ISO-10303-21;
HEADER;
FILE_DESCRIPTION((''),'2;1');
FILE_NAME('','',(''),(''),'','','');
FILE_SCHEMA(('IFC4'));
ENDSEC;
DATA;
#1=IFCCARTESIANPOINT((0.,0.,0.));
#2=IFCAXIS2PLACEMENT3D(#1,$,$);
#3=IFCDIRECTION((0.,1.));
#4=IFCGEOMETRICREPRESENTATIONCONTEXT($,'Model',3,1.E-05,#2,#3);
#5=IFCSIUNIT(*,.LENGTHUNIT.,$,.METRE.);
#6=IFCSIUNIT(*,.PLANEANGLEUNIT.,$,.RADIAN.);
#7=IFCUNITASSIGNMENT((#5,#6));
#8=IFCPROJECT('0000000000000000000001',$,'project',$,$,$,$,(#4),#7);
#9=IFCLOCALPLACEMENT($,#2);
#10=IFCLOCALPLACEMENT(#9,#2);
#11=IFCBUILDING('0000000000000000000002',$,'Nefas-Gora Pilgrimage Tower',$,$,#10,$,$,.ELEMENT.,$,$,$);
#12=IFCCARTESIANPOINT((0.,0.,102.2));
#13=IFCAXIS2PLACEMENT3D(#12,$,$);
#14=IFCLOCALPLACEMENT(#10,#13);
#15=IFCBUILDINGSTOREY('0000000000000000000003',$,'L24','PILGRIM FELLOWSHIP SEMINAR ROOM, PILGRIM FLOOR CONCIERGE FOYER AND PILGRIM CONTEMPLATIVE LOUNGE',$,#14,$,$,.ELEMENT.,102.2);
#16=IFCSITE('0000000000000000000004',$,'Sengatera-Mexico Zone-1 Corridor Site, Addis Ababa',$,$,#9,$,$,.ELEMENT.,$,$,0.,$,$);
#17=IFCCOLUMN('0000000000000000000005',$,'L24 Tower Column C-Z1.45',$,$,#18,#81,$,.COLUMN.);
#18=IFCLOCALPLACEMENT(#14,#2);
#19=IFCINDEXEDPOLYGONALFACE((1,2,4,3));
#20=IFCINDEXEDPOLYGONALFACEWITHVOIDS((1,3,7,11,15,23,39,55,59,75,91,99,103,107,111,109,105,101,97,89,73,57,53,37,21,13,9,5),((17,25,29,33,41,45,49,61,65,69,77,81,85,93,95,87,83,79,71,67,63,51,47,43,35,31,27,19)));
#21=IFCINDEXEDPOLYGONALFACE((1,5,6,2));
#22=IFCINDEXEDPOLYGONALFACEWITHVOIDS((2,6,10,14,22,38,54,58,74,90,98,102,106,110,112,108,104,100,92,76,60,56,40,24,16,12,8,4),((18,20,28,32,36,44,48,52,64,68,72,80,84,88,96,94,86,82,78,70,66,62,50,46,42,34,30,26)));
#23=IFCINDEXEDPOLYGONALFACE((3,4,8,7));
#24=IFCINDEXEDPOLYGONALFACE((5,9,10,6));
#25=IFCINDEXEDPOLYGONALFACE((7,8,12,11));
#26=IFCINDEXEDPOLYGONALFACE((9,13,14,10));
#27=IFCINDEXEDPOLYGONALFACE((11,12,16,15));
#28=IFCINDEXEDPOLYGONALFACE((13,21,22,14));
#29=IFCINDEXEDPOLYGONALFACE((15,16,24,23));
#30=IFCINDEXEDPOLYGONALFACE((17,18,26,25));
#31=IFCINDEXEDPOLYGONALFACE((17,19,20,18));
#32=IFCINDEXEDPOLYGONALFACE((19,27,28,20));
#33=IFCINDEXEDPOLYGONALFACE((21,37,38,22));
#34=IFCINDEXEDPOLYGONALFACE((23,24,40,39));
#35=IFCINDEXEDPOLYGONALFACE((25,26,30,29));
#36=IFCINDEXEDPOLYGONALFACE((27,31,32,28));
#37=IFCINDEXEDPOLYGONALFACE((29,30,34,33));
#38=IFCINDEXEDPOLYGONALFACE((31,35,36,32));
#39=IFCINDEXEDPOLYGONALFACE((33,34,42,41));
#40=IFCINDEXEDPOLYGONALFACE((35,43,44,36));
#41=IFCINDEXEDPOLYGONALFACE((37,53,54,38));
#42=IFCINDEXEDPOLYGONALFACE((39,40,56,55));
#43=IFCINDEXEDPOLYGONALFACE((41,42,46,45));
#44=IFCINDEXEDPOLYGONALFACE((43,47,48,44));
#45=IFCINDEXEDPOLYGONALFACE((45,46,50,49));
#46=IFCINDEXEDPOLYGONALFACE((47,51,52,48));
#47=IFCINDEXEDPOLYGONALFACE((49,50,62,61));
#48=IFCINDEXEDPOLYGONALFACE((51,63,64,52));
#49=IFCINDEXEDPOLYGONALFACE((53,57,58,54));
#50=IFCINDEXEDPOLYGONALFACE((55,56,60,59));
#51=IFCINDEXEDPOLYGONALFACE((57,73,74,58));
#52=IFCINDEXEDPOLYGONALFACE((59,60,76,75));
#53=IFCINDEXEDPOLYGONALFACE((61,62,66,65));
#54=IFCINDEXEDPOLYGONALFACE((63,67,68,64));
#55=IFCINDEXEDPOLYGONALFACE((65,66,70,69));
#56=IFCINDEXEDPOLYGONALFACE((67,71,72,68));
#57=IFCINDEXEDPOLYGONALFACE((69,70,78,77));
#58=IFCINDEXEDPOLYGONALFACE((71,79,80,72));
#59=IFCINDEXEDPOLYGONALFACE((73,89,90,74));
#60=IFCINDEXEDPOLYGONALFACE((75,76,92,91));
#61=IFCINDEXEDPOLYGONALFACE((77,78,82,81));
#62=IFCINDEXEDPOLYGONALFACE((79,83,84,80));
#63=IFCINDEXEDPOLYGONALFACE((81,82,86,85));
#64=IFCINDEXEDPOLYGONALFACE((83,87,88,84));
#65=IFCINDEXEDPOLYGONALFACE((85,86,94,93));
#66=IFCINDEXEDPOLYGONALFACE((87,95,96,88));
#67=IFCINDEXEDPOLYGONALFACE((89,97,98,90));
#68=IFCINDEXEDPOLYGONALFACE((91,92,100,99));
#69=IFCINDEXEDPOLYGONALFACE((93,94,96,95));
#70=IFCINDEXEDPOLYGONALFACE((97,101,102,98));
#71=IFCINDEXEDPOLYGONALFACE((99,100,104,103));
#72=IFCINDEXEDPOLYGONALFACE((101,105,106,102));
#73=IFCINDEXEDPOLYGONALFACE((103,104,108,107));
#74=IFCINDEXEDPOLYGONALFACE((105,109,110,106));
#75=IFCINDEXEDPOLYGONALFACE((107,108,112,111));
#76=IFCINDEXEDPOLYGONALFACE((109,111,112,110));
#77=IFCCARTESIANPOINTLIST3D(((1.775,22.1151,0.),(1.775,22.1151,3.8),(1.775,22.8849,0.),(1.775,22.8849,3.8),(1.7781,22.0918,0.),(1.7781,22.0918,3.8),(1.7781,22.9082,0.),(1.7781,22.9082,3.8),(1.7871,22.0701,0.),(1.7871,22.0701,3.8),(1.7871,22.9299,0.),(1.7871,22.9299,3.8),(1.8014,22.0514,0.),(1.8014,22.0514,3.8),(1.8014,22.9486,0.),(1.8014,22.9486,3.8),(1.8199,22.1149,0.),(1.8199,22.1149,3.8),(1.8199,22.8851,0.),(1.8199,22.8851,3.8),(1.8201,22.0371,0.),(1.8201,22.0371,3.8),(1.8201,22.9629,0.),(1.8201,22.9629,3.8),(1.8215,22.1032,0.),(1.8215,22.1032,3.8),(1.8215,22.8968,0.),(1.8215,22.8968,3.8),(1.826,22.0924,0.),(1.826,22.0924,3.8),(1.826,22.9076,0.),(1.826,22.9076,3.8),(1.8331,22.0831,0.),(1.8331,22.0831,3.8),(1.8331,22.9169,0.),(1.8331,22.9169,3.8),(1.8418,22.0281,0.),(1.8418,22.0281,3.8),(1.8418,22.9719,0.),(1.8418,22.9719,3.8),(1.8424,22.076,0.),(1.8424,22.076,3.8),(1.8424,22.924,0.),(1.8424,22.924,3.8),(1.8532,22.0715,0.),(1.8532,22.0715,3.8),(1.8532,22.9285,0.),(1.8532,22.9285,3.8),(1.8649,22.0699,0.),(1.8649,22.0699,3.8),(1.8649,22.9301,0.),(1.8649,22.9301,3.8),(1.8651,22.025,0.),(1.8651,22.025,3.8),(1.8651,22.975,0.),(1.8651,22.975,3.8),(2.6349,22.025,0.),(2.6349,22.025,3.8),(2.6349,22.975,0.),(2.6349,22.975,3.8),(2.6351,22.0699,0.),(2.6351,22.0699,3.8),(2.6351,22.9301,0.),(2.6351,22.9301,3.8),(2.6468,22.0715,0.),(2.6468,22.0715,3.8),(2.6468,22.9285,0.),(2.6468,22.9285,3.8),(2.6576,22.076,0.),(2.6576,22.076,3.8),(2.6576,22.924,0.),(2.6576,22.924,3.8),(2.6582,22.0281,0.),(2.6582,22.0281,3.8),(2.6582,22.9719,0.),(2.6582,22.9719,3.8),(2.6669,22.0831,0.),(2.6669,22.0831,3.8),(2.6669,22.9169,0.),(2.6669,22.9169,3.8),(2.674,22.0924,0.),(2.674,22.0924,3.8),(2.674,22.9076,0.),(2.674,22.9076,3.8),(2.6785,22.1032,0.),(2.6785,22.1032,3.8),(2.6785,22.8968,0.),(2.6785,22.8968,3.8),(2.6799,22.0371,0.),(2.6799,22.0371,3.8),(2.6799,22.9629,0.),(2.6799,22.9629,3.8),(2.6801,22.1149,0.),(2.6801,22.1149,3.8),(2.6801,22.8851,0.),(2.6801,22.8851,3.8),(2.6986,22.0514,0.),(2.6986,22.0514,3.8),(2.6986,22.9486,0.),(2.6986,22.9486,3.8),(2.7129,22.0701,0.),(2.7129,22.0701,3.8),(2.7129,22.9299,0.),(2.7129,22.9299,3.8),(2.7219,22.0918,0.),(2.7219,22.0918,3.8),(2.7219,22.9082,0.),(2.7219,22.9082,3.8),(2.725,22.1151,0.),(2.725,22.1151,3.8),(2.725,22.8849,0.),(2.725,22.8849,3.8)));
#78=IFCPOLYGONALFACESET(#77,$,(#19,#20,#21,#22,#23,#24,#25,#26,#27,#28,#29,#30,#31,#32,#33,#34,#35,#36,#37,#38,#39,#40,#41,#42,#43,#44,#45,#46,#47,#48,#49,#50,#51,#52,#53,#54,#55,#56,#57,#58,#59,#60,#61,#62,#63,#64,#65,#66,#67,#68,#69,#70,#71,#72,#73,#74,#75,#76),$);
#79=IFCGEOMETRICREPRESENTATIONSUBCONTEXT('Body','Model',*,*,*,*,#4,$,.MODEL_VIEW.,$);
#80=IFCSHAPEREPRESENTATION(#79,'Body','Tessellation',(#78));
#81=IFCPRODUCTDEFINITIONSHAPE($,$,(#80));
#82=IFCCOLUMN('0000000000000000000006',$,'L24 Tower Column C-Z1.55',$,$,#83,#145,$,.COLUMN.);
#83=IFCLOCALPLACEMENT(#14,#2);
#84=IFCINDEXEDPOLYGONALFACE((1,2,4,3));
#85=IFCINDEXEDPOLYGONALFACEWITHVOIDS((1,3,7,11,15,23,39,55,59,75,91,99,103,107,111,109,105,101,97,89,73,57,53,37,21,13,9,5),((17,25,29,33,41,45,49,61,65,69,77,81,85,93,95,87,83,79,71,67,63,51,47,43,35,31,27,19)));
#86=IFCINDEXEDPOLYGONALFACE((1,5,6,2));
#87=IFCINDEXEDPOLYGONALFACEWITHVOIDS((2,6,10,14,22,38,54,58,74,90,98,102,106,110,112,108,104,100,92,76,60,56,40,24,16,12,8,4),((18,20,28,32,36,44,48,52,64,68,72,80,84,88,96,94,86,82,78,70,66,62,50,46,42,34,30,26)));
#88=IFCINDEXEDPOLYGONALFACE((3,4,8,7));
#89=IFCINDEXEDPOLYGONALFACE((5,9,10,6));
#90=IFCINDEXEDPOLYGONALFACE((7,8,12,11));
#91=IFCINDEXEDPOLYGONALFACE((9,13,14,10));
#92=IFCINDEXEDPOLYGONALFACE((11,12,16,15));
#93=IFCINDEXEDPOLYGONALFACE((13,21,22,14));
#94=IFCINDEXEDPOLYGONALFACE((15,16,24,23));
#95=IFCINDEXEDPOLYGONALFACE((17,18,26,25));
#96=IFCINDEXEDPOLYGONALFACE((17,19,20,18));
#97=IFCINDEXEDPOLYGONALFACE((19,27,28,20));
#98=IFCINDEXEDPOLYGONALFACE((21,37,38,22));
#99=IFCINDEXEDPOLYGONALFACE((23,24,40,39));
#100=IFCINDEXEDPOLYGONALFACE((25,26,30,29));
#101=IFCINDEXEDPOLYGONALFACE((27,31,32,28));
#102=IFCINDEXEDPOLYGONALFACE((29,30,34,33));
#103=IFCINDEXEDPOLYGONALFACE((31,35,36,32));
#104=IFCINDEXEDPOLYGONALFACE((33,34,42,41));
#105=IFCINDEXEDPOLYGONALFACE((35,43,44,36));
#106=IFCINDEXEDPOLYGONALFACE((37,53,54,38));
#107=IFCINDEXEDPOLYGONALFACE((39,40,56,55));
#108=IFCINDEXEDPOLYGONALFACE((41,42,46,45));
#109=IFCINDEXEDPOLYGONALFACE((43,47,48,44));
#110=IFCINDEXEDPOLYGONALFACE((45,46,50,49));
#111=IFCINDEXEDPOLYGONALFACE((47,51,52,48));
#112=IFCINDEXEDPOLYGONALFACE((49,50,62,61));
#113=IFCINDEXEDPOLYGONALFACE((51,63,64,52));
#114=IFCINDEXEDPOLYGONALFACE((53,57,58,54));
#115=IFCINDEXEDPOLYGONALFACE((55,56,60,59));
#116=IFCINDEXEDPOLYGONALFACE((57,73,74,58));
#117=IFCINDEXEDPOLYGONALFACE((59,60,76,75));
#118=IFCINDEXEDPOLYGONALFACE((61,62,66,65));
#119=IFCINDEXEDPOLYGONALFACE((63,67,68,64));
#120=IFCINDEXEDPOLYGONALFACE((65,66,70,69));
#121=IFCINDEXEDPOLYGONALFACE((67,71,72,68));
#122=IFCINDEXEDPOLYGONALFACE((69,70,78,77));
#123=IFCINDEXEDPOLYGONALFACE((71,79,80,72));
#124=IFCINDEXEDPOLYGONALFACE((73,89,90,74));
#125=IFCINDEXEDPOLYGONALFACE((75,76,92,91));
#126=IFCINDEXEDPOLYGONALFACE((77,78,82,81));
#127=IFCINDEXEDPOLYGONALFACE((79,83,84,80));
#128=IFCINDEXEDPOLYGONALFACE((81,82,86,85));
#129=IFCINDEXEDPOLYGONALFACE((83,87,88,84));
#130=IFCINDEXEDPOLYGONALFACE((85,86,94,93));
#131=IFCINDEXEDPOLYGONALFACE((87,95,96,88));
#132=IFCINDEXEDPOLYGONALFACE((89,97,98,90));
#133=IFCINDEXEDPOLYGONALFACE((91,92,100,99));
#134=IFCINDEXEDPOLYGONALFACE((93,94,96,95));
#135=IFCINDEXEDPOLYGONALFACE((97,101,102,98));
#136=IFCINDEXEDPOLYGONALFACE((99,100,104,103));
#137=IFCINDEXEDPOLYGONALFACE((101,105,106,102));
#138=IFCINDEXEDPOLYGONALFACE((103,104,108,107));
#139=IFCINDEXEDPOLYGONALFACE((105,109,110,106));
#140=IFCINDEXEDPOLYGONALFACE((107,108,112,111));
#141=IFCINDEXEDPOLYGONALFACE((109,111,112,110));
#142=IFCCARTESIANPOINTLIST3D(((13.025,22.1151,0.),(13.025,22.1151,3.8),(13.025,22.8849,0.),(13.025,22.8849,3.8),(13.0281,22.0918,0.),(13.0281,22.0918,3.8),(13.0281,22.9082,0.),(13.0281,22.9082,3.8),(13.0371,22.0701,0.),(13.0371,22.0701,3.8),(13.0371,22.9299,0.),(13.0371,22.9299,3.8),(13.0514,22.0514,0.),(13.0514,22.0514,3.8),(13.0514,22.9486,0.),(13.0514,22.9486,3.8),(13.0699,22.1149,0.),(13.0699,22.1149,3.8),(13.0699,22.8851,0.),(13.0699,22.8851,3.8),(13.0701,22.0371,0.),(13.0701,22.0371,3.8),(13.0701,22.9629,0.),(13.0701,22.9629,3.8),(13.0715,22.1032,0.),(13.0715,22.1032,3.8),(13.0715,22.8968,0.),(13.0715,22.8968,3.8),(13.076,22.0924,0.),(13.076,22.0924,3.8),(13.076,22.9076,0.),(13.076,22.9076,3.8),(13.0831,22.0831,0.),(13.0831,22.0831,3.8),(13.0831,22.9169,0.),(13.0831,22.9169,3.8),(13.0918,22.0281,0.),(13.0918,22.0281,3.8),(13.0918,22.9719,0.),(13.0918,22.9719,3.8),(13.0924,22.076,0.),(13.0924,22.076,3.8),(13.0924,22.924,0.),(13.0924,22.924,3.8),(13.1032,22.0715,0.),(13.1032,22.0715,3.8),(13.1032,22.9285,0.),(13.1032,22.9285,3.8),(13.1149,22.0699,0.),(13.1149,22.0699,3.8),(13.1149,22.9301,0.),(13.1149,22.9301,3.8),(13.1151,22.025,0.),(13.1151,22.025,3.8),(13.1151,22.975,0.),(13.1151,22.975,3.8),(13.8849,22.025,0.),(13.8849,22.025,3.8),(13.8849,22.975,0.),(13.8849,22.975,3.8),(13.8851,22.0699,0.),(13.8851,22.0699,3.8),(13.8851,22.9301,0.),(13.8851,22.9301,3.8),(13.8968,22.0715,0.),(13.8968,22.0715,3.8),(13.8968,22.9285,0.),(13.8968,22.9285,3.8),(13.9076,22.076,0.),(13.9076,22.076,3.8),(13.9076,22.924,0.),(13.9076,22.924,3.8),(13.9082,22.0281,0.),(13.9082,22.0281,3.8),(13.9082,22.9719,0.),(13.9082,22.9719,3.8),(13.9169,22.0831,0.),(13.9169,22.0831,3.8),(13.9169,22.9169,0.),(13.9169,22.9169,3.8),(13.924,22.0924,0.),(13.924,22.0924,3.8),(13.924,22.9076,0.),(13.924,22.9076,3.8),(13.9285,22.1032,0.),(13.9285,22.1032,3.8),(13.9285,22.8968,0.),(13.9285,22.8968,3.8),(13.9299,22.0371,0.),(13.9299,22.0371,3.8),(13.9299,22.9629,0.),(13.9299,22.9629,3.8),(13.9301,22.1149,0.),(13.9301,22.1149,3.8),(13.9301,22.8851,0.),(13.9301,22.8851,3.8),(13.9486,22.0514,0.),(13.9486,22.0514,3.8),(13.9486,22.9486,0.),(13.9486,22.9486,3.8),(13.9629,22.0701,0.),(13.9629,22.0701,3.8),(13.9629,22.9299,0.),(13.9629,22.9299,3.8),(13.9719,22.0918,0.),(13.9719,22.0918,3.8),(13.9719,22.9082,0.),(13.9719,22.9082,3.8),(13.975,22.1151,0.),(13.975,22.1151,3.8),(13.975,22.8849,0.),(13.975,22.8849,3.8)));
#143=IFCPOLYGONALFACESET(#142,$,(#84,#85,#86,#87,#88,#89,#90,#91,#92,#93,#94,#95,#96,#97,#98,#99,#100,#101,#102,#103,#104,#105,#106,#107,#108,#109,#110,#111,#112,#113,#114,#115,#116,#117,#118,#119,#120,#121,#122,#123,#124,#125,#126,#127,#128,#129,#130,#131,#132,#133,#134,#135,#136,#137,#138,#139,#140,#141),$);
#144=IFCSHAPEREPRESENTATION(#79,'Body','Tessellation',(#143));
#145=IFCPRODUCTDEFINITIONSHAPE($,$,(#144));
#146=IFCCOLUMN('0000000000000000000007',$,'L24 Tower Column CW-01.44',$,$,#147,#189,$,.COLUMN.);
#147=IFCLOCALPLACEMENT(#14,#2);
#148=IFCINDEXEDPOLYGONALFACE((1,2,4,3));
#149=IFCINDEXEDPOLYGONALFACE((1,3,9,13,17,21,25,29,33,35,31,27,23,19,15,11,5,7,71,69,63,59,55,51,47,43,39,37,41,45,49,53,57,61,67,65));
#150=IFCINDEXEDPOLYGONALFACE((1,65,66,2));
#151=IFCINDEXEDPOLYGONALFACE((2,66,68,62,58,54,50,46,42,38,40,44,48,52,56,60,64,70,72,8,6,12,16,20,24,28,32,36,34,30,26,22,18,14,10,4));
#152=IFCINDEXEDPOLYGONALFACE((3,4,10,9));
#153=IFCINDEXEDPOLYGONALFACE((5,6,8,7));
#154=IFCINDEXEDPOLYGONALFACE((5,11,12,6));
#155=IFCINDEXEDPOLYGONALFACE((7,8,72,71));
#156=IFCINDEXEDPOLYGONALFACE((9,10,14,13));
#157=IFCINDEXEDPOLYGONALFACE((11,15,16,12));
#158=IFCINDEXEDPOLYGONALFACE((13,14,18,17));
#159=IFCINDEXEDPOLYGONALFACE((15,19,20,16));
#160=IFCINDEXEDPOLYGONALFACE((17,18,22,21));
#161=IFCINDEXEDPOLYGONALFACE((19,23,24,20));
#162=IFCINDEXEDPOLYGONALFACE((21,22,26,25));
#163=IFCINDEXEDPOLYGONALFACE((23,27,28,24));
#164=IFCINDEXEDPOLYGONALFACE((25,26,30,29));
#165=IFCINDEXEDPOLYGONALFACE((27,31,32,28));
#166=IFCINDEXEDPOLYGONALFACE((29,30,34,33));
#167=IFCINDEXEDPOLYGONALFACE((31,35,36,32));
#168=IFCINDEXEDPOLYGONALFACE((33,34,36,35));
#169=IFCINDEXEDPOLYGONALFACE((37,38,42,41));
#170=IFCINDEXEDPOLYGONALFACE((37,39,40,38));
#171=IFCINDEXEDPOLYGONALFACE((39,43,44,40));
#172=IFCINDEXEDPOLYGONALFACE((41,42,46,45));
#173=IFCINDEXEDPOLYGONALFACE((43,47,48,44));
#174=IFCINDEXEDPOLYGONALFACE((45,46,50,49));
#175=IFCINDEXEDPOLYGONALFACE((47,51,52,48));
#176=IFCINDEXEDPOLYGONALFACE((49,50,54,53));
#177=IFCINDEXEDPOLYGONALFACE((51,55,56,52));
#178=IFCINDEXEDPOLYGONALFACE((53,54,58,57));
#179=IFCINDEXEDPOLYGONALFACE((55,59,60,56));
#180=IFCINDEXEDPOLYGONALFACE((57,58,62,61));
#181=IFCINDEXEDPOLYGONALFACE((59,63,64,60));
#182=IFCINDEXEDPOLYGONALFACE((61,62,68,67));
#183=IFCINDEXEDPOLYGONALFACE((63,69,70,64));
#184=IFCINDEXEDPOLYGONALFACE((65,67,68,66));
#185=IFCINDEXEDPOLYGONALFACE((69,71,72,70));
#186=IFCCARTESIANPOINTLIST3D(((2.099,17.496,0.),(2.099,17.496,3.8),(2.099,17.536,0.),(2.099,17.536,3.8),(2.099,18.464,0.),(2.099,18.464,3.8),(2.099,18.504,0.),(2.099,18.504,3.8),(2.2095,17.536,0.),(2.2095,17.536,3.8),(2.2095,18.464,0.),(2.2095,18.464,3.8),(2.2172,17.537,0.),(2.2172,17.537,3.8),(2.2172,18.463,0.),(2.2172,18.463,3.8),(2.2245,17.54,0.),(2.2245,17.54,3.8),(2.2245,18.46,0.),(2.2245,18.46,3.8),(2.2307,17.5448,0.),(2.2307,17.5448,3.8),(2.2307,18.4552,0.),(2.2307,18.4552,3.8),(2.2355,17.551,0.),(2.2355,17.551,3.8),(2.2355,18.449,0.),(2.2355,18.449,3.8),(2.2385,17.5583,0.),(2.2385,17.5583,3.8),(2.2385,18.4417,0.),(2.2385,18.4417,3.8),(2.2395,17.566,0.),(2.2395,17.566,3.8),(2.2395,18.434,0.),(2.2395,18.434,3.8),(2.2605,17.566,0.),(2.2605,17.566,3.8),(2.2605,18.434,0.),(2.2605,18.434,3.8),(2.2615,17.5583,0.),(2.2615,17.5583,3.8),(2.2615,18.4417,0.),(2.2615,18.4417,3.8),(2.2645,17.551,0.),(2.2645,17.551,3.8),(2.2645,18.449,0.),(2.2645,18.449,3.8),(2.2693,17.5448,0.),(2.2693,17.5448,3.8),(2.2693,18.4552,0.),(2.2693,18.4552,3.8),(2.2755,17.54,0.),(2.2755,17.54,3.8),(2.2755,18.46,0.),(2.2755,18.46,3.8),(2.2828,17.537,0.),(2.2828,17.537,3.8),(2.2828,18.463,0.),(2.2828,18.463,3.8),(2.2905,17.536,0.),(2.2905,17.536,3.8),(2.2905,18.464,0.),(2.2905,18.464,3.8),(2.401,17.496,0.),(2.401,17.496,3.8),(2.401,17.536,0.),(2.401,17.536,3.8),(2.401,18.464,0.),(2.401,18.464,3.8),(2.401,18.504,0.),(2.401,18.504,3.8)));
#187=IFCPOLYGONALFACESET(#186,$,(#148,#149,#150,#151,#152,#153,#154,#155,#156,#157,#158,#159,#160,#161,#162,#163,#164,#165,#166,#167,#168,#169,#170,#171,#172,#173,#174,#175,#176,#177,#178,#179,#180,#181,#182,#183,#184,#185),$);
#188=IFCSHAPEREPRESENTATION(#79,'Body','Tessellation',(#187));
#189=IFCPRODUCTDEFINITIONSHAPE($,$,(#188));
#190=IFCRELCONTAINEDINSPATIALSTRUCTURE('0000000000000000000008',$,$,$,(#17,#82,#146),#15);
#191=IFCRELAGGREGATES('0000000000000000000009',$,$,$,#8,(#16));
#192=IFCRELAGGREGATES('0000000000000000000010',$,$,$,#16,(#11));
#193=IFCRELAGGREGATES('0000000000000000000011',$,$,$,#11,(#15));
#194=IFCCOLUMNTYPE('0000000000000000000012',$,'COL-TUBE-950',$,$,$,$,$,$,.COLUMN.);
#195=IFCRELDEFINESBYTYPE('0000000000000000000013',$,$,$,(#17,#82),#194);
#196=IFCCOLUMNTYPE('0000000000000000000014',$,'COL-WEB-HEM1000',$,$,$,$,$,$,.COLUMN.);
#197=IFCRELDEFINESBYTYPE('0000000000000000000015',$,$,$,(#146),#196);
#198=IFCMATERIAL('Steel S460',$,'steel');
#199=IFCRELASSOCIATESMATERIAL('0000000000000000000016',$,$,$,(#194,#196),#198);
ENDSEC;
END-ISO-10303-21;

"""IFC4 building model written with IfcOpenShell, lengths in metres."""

from ifc_helpers import new_model, si_unit, direction, frame, origin, origin_2d, place, context, subcontext, project, spatial, hollow_rectangle, i_section, extrude, source, transform, mapped, material, material_profile, profile_set, type_object, element, save


model = new_model("IFC4")

# Units and contexts
model_context = context("Model", 3, precision=1e-05, world=origin(), true_north=direction((0.0, 1.0)))
body_context = subcontext(model_context, "Body", "Model", "MODEL_VIEW")
ifc_project = project(units=[si_unit("LENGTHUNIT", "METRE"), si_unit("PLANEANGLEUNIT", "RADIAN")], contexts=[model_context])

# Site, building, storey
site_placement = place(None, origin())
site = spatial("IfcSite", under=ifc_project, at=site_placement, Name="Sengatera-Mexico Zone-1 Corridor Site, Addis Ababa", CompositionType="ELEMENT", RefElevation=0.0)
building_placement = place(site_placement, origin())
building = spatial("IfcBuilding", under=site, at=building_placement, Name="Nefas-Gora Pilgrimage Tower", CompositionType="ELEMENT")
storey_placement = place(building_placement, frame((0.0, 0.0, 102.2)))
storey = spatial("IfcBuildingStorey", under=building, at=storey_placement, Name="L24", Description="PILGRIM FELLOWSHIP SEMINAR ROOM, PILGRIM FLOOR CONCIERGE FOYER AND PILGRIM CONTEMPLATIVE LOUNGE", CompositionType="ELEMENT", Elevation=102.2)

# Columns
ifc_material_1 = material(Name="Steel S460", Category="steel")
ifc_material_profile_1 = material_profile(ifc_material_1, hollow_rectangle(XDim=0.95, YDim=0.95, WallThickness=0.0449, InnerFilletRadius=0.0449, OuterFilletRadius=0.0901, at=origin_2d()), Name="BOX 950x950x45")
ifc_profile_set_1 = profile_set([ifc_material_profile_1], Name="Steel S460")
column_type_1 = type_object("IfcColumnType", Name="COL-TUBE-950", PredefinedType="COLUMN", material=ifc_profile_set_1)
shared_shape_1 = source(origin(), body_context, "Body", "SweptSolid", [
    extrude(hollow_rectangle(XDim=0.95, YDim=0.95, WallThickness=0.0449, InnerFilletRadius=0.0449, OuterFilletRadius=0.0901, at=origin_2d()), origin(), (0.0, 0.0, 1.0), 3.8),
])
for number, where, z_axis, x_axis, name in (
    (1, (2.25, 22.5, 0.0), (0.0, 0.0, 1.0), (1.0, 0.0, 0.0), "L24 Tower Column C-Z1.45"),
    (2, (13.5, 22.5, 0.0), (0.0, 0.0, 1.0), (1.0, 0.0, 0.0), "L24 Tower Column C-Z1.55"),
):
    element("IfcColumn", number, at=place(storey_placement, frame(where, z_axis=z_axis, x_axis=x_axis)), inside=storey, type_object=column_type_1, Name=name, PredefinedType="COLUMN", context=body_context, shape_type="MappedRepresentation", body=[
        mapped(shared_shape_1, transform((0.0, 0.0, 0.0), x_axis=(1.0, 0.0, 0.0), y_axis=(0.0, 1.0, 0.0), z_axis=(0.0, 0.0, 1.0), scale=1.0)),
    ])
ifc_material_profile_2 = material_profile(ifc_material_1, i_section(OverallWidth=0.302, OverallDepth=1.0081, WebThickness=0.021, FlangeThickness=0.04, FilletRadius=0.03, at=origin_2d()), Name="HEM 1000")
ifc_profile_set_2 = profile_set([ifc_material_profile_2], Name="Steel S460")
column_type_2 = type_object("IfcColumnType", Name="COL-WEB-HEM1000", PredefinedType="COLUMN", material=ifc_profile_set_2)
shared_shape_2 = source(origin(), body_context, "Body", "SweptSolid", [
    extrude(i_section(OverallWidth=0.302, OverallDepth=1.0081, WebThickness=0.021, FlangeThickness=0.04, FilletRadius=0.03, at=origin_2d()), origin(), (0.0, 0.0, 1.0), 3.8),
])
for number, where, z_axis, x_axis, name in (
    (3, (2.25, 18.0, 0.0), (0.0, 0.0, 1.0), (1.0, 0.0, 0.0), "L24 Tower Column CW-01.44"),
):
    element("IfcColumn", number, at=place(storey_placement, frame(where, z_axis=z_axis, x_axis=x_axis)), inside=storey, type_object=column_type_2, Name=name, PredefinedType="COLUMN", context=body_context, shape_type="MappedRepresentation", body=[
        mapped(shared_shape_2, transform((0.0, 0.0, 0.0), x_axis=(1.0, 0.0, 0.0), y_axis=(0.0, 1.0, 0.0), z_axis=(0.0, 0.0, 1.0), scale=1.0)),
    ])

save(model, "model.ifc")
